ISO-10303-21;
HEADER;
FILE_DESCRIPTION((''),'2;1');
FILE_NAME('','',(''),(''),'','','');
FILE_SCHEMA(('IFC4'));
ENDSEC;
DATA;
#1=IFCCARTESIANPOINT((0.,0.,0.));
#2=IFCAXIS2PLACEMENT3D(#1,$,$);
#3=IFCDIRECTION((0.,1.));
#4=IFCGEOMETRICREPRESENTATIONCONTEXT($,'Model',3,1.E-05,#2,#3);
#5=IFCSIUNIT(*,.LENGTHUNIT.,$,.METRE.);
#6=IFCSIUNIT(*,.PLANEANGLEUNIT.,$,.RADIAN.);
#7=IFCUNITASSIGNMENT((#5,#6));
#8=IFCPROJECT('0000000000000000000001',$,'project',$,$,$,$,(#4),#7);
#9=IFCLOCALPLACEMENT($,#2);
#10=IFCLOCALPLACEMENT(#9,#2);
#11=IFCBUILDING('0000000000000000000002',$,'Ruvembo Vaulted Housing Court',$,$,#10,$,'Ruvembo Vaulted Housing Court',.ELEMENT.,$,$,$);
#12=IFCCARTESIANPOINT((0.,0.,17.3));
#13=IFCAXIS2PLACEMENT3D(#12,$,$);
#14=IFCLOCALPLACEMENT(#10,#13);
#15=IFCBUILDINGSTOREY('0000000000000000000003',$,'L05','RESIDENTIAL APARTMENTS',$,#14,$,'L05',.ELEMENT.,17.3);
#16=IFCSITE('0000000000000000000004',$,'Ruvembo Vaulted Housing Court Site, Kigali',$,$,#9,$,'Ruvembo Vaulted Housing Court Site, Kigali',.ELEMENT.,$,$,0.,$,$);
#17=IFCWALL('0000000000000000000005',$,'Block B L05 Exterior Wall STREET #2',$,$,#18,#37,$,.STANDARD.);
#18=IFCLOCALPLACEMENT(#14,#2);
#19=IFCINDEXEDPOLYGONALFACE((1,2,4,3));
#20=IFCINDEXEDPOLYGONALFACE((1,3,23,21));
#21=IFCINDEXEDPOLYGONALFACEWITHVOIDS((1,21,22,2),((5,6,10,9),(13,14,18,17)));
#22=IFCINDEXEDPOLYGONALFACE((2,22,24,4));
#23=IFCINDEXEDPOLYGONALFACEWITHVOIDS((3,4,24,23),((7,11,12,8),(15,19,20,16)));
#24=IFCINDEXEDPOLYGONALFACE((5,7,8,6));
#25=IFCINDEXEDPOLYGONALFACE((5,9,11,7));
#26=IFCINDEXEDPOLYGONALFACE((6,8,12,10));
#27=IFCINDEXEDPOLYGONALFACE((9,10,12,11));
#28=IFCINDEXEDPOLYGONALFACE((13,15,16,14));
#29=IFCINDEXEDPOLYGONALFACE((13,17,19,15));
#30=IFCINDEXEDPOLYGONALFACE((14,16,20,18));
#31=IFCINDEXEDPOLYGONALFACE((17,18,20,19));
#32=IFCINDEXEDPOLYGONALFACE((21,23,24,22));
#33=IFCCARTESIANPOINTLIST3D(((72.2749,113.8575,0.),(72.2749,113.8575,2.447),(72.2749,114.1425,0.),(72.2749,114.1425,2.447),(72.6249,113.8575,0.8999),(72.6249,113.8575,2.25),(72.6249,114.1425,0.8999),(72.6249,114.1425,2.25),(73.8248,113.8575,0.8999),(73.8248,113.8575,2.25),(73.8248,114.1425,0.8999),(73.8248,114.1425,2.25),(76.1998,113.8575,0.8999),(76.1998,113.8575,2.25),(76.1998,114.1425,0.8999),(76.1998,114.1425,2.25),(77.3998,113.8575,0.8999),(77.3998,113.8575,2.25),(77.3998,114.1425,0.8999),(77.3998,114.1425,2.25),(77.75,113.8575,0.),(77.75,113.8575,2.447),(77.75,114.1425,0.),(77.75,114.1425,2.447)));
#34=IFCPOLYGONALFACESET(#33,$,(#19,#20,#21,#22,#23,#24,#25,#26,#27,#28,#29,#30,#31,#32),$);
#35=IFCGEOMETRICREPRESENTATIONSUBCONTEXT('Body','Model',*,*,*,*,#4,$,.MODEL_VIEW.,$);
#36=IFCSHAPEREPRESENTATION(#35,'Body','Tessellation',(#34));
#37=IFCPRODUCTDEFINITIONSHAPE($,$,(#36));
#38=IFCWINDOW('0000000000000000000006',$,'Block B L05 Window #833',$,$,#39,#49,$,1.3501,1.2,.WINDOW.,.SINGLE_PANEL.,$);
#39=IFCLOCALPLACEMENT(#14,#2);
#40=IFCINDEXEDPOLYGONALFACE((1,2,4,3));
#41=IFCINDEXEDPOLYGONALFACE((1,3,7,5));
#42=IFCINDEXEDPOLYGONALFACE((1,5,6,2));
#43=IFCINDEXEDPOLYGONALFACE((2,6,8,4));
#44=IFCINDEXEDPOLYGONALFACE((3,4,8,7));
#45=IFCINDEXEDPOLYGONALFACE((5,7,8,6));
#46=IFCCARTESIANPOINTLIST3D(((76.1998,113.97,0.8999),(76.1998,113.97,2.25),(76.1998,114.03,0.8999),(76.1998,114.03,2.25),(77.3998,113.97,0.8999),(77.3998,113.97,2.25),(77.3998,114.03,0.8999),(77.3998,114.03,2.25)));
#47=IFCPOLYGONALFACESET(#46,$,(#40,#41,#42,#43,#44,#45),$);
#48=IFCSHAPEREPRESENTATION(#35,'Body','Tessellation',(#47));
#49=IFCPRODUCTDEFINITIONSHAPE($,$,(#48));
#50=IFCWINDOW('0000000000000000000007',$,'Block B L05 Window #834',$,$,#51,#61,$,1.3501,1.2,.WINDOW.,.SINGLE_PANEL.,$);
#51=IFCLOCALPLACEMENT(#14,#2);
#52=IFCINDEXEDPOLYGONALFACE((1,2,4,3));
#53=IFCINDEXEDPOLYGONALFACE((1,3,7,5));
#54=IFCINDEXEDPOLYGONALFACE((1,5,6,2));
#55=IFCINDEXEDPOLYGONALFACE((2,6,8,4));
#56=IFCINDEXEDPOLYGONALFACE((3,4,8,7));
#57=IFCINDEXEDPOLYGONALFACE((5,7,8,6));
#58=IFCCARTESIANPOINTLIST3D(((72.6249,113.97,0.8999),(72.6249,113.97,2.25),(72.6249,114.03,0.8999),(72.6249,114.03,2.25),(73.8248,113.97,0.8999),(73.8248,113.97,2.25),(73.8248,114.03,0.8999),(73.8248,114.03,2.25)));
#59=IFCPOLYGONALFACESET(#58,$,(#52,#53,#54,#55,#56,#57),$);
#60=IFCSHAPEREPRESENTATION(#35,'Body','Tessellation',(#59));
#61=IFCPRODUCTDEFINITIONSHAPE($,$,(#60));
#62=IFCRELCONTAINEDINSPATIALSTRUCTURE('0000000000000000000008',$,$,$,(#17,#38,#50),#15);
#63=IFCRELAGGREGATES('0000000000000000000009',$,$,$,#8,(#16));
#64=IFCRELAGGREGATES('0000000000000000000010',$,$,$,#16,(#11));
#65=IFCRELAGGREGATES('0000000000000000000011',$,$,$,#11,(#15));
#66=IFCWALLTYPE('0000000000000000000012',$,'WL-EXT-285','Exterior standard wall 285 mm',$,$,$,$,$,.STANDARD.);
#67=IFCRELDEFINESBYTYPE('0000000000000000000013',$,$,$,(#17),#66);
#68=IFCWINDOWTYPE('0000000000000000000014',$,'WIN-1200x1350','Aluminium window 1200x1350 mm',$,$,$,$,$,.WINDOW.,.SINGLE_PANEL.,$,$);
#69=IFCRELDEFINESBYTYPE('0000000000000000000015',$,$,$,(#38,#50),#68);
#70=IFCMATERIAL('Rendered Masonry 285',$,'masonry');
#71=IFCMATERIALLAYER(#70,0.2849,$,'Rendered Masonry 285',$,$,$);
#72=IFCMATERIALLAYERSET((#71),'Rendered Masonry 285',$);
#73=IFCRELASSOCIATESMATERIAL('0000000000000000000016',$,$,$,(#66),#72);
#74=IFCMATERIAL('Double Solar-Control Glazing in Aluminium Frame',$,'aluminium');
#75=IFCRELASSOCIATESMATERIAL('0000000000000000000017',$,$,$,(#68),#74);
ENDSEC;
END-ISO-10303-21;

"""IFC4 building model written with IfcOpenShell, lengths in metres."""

from ifc_helpers import new_model, si_unit, direction, frame, frame_2d, origin, place, context, subcontext, project, spatial, rectangle, extrude, material, layer, layer_set, type_object, element, fill, save


model = new_model("IFC4")

# Units and contexts
model_context = context("Model", 3, precision=1e-05, world=origin(), true_north=direction((0.0, 1.0)))
body_context = subcontext(model_context, "Body", "Model", "MODEL_VIEW")
ifc_project = project(units=[si_unit("LENGTHUNIT", "METRE"), si_unit("PLANEANGLEUNIT", "RADIAN")], contexts=[model_context])

# Site, building, storey
site_placement = place(None, origin())
site = spatial("IfcSite", under=ifc_project, at=site_placement, Name="Ruvembo Vaulted Housing Court Site, Kigali", LongName="Ruvembo Vaulted Housing Court Site, Kigali", CompositionType="ELEMENT", RefElevation=0.0)
building_placement = place(site_placement, origin())
building = spatial("IfcBuilding", under=site, at=building_placement, Name="Ruvembo Vaulted Housing Court", LongName="Ruvembo Vaulted Housing Court", CompositionType="ELEMENT")
storey_placement = place(building_placement, frame((0.0, 0.0, 17.3)))
storey = spatial("IfcBuildingStorey", under=building, at=storey_placement, Name="L05", Description="RESIDENTIAL APARTMENTS", LongName="L05", CompositionType="ELEMENT", Elevation=17.3)

# Wall, openings, windows
ifc_material_1 = material(Name="Rendered Masonry 285", Category="masonry")
ifc_layer = layer(ifc_material_1, 0.2849, Name="Rendered Masonry 285")
ifc_layer_set = layer_set([ifc_layer], Name="Rendered Masonry 285")
wall_type = type_object("IfcWallType", Name="WL-EXT-285", Description="Exterior standard wall 285 mm", PredefinedType="STANDARD", material=ifc_layer_set)
ifc_material_2 = material(Name="Double Solar-Control Glazing in Aluminium Frame", Category="aluminium")
window_type_1 = type_object("IfcWindowType", Name="WIN-1200x1350", Description="Aluminium window 1200x1350 mm", PartitioningType="SINGLE_PANEL", PredefinedType="WINDOW", material=ifc_material_2)
wall_1_placement = place(storey_placement, frame((77.75, 114.0, 0.0), z_axis=(0.0, 0.0, 1.0), x_axis=(-1.0, 0.0, 0.0)))
wall_1 = element("IfcWall", 1, at=wall_1_placement, inside=storey, type_object=wall_type, Name="Block B L05 Exterior Wall STREET #2", PredefinedType="STANDARD", context=body_context, shape_type="SweptSolid", body=[
    extrude(rectangle(XDim=5.4751, YDim=0.2849, at=frame_2d((2.7375, 0.0))), origin(), (0.0, 0.0, 1.0), 2.447),
])
opening_1_placement = place(wall_1_placement, frame((0.3501, 0.0, 0.8999)))
opening_1 = element("IfcOpeningElement", 2, at=opening_1_placement, cuts=wall_1, PredefinedType="OPENING", context=body_context, shape_type="SweptSolid", body=[
    extrude(rectangle(XDim=1.2, YDim=1.3501, at=frame_2d((0.6001, 0.675))), frame((0.0, 0.1523, 0.0), z_axis=(0.0, -1.0, 0.0), x_axis=(1.0, 0.0, 0.0)), (0.0, 0.0, 1.0), 0.3049),
])
opening_2_placement = place(wall_1_placement, frame((3.925, 0.0, 0.8999)))
opening_2 = element("IfcOpeningElement", 3, at=opening_2_placement, cuts=wall_1, PredefinedType="OPENING", context=body_context, shape_type="SweptSolid", body=[
    extrude(rectangle(XDim=1.2, YDim=1.3501, at=frame_2d((0.6001, 0.675))), frame((0.0, 0.1523, 0.0), z_axis=(0.0, -1.0, 0.0), x_axis=(1.0, 0.0, 0.0)), (0.0, 0.0, 1.0), 0.3049),
])
window_1_placement = place(opening_1_placement, origin())
window_1 = element("IfcWindow", 4, at=window_1_placement, inside=storey, type_object=window_type_1, Name="Block B L05 Window #833", OverallHeight=1.3501, OverallWidth=1.2, PartitioningType="SINGLE_PANEL", PredefinedType="WINDOW", context=body_context, shape_type="SweptSolid", body=[
    extrude(rectangle(XDim=1.2, YDim=1.3501, at=frame_2d((0.6001, 0.675))), frame((0.0, 0.03, 0.0), z_axis=(0.0, -1.0, 0.0), x_axis=(1.0, 0.0, 0.0)), (0.0, 0.0, 1.0), 0.0601),
])
fill(opening_1, window_1)
window_2_placement = place(opening_2_placement, origin())
window_2 = element("IfcWindow", 5, at=window_2_placement, inside=storey, type_object=window_type_1, Name="Block B L05 Window #834", OverallHeight=1.3501, OverallWidth=1.2, PartitioningType="SINGLE_PANEL", PredefinedType="WINDOW", context=body_context, shape_type="SweptSolid", body=[
    extrude(rectangle(XDim=1.2, YDim=1.3501, at=frame_2d((0.6001, 0.675))), frame((0.0, 0.03, 0.0), z_axis=(0.0, -1.0, 0.0), x_axis=(1.0, 0.0, 0.0)), (0.0, 0.0, 1.0), 0.0601),
])
fill(opening_2, window_2)

save(model, "model.ifc")
